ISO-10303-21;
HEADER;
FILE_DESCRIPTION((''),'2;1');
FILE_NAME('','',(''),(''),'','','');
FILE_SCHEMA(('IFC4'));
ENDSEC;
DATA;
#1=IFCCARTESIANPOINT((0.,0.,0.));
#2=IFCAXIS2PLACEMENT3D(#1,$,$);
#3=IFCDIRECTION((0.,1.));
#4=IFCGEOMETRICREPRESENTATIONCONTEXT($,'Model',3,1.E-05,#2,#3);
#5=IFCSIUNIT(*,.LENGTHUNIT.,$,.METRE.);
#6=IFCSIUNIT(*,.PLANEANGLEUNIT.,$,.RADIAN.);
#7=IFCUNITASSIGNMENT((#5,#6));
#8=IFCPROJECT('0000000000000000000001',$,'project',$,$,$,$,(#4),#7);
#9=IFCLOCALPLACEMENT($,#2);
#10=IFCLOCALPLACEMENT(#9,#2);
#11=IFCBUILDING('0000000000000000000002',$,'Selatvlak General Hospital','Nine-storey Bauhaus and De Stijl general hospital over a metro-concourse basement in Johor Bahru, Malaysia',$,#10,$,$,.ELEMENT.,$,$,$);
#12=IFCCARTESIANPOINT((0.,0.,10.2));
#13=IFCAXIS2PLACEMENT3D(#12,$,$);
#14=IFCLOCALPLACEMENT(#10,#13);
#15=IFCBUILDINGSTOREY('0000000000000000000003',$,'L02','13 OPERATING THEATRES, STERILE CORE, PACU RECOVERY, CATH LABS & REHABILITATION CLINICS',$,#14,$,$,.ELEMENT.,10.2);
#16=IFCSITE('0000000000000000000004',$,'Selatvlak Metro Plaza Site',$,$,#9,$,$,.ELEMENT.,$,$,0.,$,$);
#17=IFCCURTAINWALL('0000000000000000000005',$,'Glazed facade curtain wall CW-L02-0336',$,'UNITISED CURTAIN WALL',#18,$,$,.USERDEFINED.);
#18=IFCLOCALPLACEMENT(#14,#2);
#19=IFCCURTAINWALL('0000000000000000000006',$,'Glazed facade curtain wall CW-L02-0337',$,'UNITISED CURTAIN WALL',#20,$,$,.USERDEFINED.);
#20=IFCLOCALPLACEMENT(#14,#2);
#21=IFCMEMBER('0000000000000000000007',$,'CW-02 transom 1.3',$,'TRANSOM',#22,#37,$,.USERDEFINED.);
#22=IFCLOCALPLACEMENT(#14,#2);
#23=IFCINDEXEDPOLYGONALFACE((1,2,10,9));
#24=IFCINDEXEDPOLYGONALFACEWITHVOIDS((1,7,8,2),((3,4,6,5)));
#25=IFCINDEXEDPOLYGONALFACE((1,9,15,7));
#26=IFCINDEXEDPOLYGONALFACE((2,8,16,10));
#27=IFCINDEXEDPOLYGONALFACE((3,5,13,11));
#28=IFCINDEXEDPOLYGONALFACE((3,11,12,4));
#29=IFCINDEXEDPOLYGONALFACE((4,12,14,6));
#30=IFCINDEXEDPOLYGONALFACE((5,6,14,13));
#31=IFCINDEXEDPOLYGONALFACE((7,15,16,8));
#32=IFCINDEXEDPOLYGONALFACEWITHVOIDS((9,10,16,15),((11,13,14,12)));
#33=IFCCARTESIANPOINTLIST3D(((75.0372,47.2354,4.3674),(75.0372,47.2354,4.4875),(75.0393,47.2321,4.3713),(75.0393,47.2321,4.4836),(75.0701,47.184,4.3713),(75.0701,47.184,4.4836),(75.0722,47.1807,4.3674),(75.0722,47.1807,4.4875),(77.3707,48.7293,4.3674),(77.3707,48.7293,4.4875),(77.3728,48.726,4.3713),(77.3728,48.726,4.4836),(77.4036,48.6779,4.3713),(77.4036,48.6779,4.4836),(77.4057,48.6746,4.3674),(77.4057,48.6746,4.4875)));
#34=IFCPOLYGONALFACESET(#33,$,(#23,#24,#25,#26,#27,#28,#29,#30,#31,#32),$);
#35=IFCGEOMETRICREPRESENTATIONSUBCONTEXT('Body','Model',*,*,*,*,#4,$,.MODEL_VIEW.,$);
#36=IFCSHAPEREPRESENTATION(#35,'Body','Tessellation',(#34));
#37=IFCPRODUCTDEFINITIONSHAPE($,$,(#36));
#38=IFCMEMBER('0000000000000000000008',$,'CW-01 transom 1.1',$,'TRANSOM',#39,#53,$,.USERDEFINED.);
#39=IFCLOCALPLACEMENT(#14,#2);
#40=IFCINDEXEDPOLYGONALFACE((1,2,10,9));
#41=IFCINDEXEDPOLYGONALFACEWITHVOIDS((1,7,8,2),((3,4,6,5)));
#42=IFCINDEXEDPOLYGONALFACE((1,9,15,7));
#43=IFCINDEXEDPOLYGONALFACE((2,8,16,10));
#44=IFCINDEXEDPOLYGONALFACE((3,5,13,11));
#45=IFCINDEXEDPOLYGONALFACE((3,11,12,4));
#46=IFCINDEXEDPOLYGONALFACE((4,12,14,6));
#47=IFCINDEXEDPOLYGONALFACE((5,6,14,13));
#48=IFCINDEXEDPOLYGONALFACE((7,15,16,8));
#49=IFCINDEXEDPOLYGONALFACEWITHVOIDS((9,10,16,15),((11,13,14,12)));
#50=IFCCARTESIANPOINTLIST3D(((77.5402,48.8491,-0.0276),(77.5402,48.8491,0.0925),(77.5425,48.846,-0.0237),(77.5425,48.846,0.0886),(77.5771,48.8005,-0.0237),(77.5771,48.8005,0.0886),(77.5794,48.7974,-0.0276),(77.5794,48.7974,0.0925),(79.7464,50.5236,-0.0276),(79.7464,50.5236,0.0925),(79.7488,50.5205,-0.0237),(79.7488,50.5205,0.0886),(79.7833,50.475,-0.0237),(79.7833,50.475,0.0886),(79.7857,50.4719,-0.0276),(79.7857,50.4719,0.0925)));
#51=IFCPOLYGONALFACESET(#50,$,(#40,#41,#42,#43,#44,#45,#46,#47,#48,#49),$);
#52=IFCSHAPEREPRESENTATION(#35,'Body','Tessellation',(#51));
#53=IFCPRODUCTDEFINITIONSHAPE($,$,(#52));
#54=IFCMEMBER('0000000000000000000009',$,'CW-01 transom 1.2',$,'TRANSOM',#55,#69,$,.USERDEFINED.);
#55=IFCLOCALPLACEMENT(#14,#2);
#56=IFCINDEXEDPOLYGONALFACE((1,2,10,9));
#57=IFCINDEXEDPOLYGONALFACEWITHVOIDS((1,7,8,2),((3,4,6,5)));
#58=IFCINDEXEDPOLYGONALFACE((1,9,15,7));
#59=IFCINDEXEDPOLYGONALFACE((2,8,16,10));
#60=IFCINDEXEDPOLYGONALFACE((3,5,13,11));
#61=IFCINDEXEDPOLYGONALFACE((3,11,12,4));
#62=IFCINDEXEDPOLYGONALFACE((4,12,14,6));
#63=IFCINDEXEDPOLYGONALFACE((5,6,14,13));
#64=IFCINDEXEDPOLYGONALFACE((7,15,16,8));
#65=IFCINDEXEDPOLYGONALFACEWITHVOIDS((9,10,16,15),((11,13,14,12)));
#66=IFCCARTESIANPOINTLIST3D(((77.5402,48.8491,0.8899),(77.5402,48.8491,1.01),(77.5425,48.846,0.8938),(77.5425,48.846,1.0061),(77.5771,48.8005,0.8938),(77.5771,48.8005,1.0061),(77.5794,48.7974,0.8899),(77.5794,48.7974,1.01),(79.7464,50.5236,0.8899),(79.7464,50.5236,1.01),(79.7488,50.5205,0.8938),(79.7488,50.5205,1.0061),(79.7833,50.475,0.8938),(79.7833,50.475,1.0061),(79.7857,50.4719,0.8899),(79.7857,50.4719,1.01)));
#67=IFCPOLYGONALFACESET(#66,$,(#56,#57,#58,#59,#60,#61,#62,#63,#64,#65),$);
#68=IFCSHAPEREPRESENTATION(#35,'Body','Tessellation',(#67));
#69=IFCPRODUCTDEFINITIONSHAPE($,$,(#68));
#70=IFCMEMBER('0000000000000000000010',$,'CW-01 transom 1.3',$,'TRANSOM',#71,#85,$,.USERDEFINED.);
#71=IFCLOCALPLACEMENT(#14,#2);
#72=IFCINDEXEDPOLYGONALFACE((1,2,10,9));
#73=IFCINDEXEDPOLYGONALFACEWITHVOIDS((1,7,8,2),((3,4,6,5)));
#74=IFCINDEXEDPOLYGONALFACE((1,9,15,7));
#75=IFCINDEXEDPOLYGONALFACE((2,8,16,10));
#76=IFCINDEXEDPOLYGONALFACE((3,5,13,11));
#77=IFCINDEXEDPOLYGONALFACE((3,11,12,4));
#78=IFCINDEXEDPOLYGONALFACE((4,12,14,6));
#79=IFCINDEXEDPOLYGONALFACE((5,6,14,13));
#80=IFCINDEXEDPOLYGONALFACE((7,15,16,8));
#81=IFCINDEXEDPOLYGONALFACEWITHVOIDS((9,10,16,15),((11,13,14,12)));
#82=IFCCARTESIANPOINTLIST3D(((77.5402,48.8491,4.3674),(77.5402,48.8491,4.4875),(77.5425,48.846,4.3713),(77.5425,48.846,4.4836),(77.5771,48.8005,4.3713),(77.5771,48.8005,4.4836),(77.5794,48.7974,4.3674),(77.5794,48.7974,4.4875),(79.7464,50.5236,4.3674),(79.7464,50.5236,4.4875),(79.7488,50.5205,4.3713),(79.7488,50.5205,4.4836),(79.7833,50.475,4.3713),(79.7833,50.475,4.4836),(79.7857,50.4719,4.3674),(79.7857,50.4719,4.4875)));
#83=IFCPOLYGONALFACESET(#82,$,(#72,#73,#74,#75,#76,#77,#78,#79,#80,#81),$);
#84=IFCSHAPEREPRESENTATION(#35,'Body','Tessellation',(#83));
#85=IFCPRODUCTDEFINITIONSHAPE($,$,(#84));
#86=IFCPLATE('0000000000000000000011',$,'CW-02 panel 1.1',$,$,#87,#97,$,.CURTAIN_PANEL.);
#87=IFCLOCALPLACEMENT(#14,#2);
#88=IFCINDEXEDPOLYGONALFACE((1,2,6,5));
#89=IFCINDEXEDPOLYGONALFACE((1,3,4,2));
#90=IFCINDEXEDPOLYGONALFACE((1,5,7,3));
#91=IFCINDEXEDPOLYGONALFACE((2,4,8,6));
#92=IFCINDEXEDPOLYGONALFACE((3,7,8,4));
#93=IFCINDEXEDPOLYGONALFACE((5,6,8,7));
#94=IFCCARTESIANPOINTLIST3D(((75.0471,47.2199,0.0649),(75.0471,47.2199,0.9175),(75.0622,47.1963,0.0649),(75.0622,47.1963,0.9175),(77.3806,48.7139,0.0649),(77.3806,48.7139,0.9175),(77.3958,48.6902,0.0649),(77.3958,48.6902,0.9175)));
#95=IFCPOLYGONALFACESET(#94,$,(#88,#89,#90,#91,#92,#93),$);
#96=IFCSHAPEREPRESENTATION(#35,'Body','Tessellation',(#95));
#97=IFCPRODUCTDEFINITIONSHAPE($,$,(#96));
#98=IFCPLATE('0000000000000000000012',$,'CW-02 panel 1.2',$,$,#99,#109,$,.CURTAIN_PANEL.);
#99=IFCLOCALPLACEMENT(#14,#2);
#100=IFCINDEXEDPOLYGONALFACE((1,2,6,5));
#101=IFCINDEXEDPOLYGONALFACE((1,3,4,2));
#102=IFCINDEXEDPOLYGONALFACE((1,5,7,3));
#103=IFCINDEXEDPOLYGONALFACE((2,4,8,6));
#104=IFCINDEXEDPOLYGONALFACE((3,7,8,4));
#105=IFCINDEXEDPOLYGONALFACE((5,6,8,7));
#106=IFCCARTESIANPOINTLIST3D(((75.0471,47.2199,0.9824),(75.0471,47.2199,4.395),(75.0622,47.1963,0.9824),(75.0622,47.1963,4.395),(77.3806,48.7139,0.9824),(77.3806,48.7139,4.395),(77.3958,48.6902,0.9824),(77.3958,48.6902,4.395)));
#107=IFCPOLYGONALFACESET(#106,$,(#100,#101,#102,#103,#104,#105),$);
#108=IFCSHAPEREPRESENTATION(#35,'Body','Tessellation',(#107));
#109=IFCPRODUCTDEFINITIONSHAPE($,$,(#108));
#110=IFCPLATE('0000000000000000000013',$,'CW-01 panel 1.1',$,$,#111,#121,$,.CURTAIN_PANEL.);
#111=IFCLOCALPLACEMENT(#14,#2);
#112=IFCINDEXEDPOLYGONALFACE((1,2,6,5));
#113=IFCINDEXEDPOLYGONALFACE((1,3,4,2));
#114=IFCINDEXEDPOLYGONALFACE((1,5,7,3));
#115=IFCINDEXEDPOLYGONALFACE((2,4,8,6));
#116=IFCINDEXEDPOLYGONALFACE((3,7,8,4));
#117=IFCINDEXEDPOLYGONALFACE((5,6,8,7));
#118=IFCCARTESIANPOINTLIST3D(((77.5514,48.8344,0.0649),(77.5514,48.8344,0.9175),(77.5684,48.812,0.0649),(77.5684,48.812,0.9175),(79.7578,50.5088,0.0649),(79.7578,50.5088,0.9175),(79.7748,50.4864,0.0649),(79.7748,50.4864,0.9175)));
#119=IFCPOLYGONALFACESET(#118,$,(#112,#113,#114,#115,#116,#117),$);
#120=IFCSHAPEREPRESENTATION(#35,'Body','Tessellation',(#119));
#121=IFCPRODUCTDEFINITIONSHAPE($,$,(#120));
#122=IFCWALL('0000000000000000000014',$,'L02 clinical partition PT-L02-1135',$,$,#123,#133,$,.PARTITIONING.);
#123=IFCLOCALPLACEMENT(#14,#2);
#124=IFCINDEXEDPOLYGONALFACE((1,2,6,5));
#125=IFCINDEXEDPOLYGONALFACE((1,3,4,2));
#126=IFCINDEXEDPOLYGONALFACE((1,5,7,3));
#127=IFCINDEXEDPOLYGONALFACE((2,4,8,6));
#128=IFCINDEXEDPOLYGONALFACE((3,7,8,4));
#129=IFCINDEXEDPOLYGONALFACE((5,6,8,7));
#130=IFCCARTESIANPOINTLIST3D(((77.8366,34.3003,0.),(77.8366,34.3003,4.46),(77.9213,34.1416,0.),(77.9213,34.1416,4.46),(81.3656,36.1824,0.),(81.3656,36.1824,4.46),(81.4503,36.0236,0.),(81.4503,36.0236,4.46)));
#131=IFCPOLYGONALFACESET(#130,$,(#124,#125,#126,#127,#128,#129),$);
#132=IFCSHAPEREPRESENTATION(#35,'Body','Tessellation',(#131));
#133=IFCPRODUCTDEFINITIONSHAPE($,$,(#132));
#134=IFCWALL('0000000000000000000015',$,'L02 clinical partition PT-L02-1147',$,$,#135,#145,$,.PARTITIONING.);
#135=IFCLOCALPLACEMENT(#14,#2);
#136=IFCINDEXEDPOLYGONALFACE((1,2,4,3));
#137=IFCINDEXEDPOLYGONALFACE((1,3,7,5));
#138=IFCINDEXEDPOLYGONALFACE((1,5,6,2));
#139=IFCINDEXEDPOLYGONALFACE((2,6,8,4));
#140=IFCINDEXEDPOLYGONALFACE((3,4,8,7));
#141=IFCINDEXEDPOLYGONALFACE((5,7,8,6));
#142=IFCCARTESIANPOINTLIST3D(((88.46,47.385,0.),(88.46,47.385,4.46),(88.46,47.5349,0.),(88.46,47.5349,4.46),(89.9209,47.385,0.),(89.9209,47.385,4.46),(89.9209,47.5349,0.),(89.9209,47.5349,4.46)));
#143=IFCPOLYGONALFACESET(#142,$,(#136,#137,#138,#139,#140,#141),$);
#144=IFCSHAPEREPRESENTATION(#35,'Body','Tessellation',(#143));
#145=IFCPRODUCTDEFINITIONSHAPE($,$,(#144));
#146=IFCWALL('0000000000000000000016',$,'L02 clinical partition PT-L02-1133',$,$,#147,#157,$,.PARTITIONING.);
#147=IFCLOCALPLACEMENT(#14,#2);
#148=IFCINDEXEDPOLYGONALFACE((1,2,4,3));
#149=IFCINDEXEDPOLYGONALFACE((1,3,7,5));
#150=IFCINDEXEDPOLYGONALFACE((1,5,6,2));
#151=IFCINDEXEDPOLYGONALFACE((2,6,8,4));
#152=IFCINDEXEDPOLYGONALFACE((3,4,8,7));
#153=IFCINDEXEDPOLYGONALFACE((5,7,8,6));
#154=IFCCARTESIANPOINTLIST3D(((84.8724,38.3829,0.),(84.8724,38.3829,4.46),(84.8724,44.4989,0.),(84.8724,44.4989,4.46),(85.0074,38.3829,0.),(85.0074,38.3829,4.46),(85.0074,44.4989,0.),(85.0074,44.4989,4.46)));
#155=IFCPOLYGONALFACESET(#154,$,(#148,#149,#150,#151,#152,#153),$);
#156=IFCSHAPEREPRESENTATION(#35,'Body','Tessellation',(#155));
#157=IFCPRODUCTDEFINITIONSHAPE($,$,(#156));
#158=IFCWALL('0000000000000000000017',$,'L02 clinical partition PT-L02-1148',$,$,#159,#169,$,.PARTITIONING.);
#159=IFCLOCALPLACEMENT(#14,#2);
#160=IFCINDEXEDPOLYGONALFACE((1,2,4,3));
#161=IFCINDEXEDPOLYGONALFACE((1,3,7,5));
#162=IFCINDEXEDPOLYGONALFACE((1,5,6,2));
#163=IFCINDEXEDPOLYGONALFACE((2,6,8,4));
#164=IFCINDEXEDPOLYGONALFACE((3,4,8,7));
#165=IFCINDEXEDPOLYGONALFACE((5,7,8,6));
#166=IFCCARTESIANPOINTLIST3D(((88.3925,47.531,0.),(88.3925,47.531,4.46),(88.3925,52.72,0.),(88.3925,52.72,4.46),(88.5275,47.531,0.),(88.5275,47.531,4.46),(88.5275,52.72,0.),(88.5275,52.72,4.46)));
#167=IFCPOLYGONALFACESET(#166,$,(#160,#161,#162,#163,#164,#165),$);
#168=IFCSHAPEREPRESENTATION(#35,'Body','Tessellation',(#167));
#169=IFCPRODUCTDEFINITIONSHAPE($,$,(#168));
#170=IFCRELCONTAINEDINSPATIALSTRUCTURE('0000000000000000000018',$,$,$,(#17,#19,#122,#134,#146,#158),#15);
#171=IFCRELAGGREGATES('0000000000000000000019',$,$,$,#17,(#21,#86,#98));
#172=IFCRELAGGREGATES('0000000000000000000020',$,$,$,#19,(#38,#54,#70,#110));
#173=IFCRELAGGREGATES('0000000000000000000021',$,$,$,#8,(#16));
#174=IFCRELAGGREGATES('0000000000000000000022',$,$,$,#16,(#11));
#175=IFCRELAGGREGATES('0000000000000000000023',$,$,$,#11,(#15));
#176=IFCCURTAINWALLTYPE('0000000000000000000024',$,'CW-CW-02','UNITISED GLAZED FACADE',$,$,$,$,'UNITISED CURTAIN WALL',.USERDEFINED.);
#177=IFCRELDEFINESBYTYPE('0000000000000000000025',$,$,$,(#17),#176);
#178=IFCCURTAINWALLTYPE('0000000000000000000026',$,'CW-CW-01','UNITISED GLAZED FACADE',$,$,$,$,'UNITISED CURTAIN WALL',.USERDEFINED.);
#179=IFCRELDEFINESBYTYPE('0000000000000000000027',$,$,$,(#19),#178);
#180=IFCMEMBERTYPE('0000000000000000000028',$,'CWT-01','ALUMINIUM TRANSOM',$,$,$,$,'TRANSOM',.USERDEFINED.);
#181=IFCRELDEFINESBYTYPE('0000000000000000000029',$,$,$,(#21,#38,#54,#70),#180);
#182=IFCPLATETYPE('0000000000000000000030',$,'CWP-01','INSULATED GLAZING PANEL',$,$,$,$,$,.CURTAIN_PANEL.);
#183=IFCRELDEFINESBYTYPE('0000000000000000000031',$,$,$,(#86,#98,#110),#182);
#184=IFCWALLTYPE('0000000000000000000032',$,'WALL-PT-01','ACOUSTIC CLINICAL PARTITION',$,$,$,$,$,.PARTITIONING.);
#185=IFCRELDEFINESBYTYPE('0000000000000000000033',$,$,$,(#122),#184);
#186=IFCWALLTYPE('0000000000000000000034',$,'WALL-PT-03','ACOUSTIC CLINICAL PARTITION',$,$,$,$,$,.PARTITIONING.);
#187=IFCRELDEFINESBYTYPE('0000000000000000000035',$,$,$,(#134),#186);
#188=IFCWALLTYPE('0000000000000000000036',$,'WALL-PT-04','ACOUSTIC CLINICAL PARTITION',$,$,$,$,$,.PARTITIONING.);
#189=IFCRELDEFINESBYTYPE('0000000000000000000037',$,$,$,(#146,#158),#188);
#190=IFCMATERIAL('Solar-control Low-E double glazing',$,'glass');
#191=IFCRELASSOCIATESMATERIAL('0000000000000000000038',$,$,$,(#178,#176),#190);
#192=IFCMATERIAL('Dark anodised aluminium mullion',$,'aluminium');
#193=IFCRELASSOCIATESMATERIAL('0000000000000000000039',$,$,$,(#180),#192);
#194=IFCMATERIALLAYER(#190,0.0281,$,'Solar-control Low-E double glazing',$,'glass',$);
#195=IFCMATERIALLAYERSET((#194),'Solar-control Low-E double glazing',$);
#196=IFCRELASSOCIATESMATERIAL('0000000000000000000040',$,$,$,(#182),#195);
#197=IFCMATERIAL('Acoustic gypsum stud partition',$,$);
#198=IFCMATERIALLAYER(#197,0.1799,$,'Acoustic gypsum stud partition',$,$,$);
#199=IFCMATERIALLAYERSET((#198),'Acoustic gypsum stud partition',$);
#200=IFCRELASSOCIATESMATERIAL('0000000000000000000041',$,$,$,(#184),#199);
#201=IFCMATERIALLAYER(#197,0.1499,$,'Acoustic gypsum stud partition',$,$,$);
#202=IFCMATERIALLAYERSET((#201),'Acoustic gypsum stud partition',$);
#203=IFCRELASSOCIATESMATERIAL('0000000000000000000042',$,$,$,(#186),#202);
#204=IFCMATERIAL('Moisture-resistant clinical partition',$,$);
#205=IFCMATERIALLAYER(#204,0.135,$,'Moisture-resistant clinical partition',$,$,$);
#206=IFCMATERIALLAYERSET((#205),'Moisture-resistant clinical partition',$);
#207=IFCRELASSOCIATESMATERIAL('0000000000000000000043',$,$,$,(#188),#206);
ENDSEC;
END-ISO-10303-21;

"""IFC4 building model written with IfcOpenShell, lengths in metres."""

from ifc_helpers import new_model, si_unit, direction, frame, frame_2d, origin, origin_2d, place, context, subcontext, project, spatial, rectangle, hollow_rectangle, extrude, material, layer, layer_set, material_profile, profile_set, type_object, element, aggregate, save


model = new_model("IFC4")

# Units and contexts
model_context = context("Model", 3, precision=1e-05, world=origin(), true_north=direction((0.0, 1.0)))
body_context = subcontext(model_context, "Body", "Model", "MODEL_VIEW")
ifc_project = project(units=[si_unit("LENGTHUNIT", "METRE"), si_unit("PLANEANGLEUNIT", "RADIAN")], contexts=[model_context])

# Site, building, storey
site_placement = place(None, origin())
site = spatial("IfcSite", under=ifc_project, at=site_placement, Name="Selatvlak Metro Plaza Site", CompositionType="ELEMENT", RefElevation=0.0)
building_placement = place(site_placement, origin())
building = spatial("IfcBuilding", under=site, at=building_placement, Name="Selatvlak General Hospital", Description="Nine-storey Bauhaus and De Stijl general hospital over a metro-concourse basement in Johor Bahru, Malaysia", CompositionType="ELEMENT")
storey_placement = place(building_placement, frame((0.0, 0.0, 10.2)))
storey = spatial("IfcBuildingStorey", under=building, at=storey_placement, Name="L02", Description="13 OPERATING THEATRES, STERILE CORE, PACU RECOVERY, CATH LABS & REHABILITATION CLINICS", CompositionType="ELEMENT", Elevation=10.2)

# Shared definitions
ifc_material_1 = material(Name="Solar-control Low-E double glazing", Category="glass")
curtain_wall_type_1 = type_object("IfcCurtainWallType", Name="CW-CW-01", Description="UNITISED GLAZED FACADE", ElementType="UNITISED CURTAIN WALL", PredefinedType="USERDEFINED", material=ifc_material_1)
ifc_material_2 = material(Name="Dark anodised aluminium mullion", Category="aluminium")

# Curtain wall
curtain_wall_type_2 = type_object("IfcCurtainWallType", Name="CW-CW-02", Description="UNITISED GLAZED FACADE", ElementType="UNITISED CURTAIN WALL", PredefinedType="USERDEFINED", material=ifc_material_1)
curtain_wall_1_placement = place(storey_placement, origin())
curtain_wall_1 = element("IfcCurtainWall", 1, at=curtain_wall_1_placement, inside=storey, type_object=curtain_wall_type_2, Name="Glazed facade curtain wall CW-L02-0336", ObjectType="UNITISED CURTAIN WALL", PredefinedType="USERDEFINED")

# Curtain wall
curtain_wall_2_placement = place(storey_placement, origin())
curtain_wall_2 = element("IfcCurtainWall", 2, at=curtain_wall_2_placement, inside=storey, type_object=curtain_wall_type_1, Name="Glazed facade curtain wall CW-L02-0337", ObjectType="UNITISED CURTAIN WALL", PredefinedType="USERDEFINED")

# Members
ifc_material_profile_1 = material_profile(ifc_material_2, hollow_rectangle(XDim=0.0649, YDim=0.1201, WallThickness=0.0039, at=origin_2d()), Name="AL-TRN 65x120x4")
ifc_profile_set_1 = profile_set([ifc_material_profile_1], Name="Dark anodised aluminium mullion")
member_type_1 = type_object("IfcMemberType", Name="CWT-01", Description="ALUMINIUM TRANSOM", ElementType="TRANSOM", PredefinedType="USERDEFINED", material=ifc_profile_set_1)
member_1_placement = place(storey_placement, frame((75.0547, 47.208, 4.4275), z_axis=(0.842196, 0.539171, 0.0), x_axis=(-0.539171, 0.842196, 0.0)))
member_1 = element("IfcMember", 3, at=member_1_placement, type_object=member_type_1, Name="CW-02 transom 1.3", ObjectType="TRANSOM", PredefinedType="USERDEFINED", context=body_context, shape_type="SweptSolid", body=[
    extrude(hollow_rectangle(XDim=0.0649, YDim=0.1201, WallThickness=0.0039, at=origin_2d()), origin(), (0.0, 0.0, 1.0), 2.7708),
])
member_2_placement = place(storey_placement, frame((77.5598, 48.8232, 0.0325), z_axis=(0.796549, 0.604574, 0.0), x_axis=(-0.604574, 0.796549, 0.0)))
member_2 = element("IfcMember", 4, at=member_2_placement, type_object=member_type_1, Name="CW-01 transom 1.1", ObjectType="TRANSOM", PredefinedType="USERDEFINED", context=body_context, shape_type="SweptSolid", body=[
    extrude(hollow_rectangle(XDim=0.0649, YDim=0.1201, WallThickness=0.0039, at=origin_2d()), origin(), (0.0, 0.0, 1.0), 2.7698),
])
member_3_placement = place(storey_placement, frame((77.5598, 48.8232, 0.95), z_axis=(0.796549, 0.604574, 0.0), x_axis=(-0.604574, 0.796549, 0.0)))
member_3 = element("IfcMember", 5, at=member_3_placement, type_object=member_type_1, Name="CW-01 transom 1.2", ObjectType="TRANSOM", PredefinedType="USERDEFINED", context=body_context, shape_type="SweptSolid", body=[
    extrude(hollow_rectangle(XDim=0.0649, YDim=0.1201, WallThickness=0.0039, at=origin_2d()), origin(), (0.0, 0.0, 1.0), 2.7698),
])
member_4_placement = place(storey_placement, frame((77.5598, 48.8232, 4.4275), z_axis=(0.796549, 0.604574, 0.0), x_axis=(-0.604574, 0.796549, 0.0)))
member_4 = element("IfcMember", 6, at=member_4_placement, type_object=member_type_1, Name="CW-01 transom 1.3", ObjectType="TRANSOM", PredefinedType="USERDEFINED", context=body_context, shape_type="SweptSolid", body=[
    extrude(hollow_rectangle(XDim=0.0649, YDim=0.1201, WallThickness=0.0039, at=origin_2d()), origin(), (0.0, 0.0, 1.0), 2.7698),
])

# Plates
ifc_layer_1 = layer(ifc_material_1, 0.0281, Name="Solar-control Low-E double glazing", Category="glass")
ifc_layer_set_1 = layer_set([ifc_layer_1], Name="Solar-control Low-E double glazing")
plate_type = type_object("IfcPlateType", Name="CWP-01", Description="INSULATED GLAZING PANEL", PredefinedType="CURTAIN_PANEL", material=ifc_layer_set_1)
plate_1_placement = place(storey_placement, frame((76.2214, 47.9551, 0.0649), z_axis=(0.0, 0.0, 1.0), x_axis=(0.842196, 0.539171, 0.0)))
plate_1 = element("IfcPlate", 7, at=plate_1_placement, type_object=plate_type, Name="CW-02 panel 1.1", PredefinedType="CURTAIN_PANEL", context=body_context, shape_type="SweptSolid", body=[
    extrude(rectangle(XDim=2.7708, YDim=0.0281, at=origin_2d()), origin(), (0.0, 0.0, 1.0), 0.8525),
])
plate_2_placement = place(storey_placement, frame((76.2214, 47.9551, 0.9824), z_axis=(0.0, 0.0, 1.0), x_axis=(0.842196, 0.539171, 0.0)))
plate_2 = element("IfcPlate", 8, at=plate_2_placement, type_object=plate_type, Name="CW-02 panel 1.2", PredefinedType="CURTAIN_PANEL", context=body_context, shape_type="SweptSolid", body=[
    extrude(rectangle(XDim=2.7708, YDim=0.0281, at=origin_2d()), origin(), (0.0, 0.0, 1.0), 3.4126),
])
aggregate(curtain_wall_1, [member_1, plate_1, plate_2])
plate_3_placement = place(storey_placement, frame((78.6631, 49.6604, 0.0649), z_axis=(0.0, 0.0, 1.0), x_axis=(0.796594, 0.604515, 0.0)))
plate_3 = element("IfcPlate", 9, at=plate_3_placement, type_object=plate_type, Name="CW-01 panel 1.1", PredefinedType="CURTAIN_PANEL", context=body_context, shape_type="SweptSolid", body=[
    extrude(rectangle(XDim=2.7698, YDim=0.0281, at=origin_2d()), origin(), (0.0, 0.0, 1.0), 0.8525),
])
aggregate(curtain_wall_2, [member_2, member_3, member_4, plate_3])

# Walls
ifc_material_3 = material(Name="Acoustic gypsum stud partition")
ifc_layer_2 = layer(ifc_material_3, 0.1799, Name="Acoustic gypsum stud partition")
ifc_layer_set_2 = layer_set([ifc_layer_2], Name="Acoustic gypsum stud partition")
wall_type_1 = type_object("IfcWallType", Name="WALL-PT-01", Description="ACOUSTIC CLINICAL PARTITION", PredefinedType="PARTITIONING", material=ifc_layer_set_2)
wall_1_placement = place(storey_placement, frame((81.408, 36.103, 0.0), z_axis=(0.0, 0.0, 1.0), x_axis=(-0.882361, -0.470572, 0.0)))
element("IfcWall", 10, at=wall_1_placement, inside=storey, type_object=wall_type_1, Name="L02 clinical partition PT-L02-1135", PredefinedType="PARTITIONING", context=body_context, shape_type="SweptSolid", body=[
    extrude(rectangle(XDim=3.9995, YDim=0.1799, at=frame_2d((1.9998, 0.0))), origin(), (0.0, 0.0, 1.0), 4.46),
])
ifc_layer_3 = layer(ifc_material_3, 0.1499, Name="Acoustic gypsum stud partition")
ifc_layer_set_3 = layer_set([ifc_layer_3], Name="Acoustic gypsum stud partition")
wall_type_2 = type_object("IfcWallType", Name="WALL-PT-03", Description="ACOUSTIC CLINICAL PARTITION", PredefinedType="PARTITIONING", material=ifc_layer_set_3)
wall_2_placement = place(storey_placement, frame((89.9209, 47.46, 0.0), z_axis=(0.0, 0.0, 1.0), x_axis=(-1.0, 0.0, 0.0)))
element("IfcWall", 11, at=wall_2_placement, inside=storey, type_object=wall_type_2, Name="L02 clinical partition PT-L02-1147", PredefinedType="PARTITIONING", context=body_context, shape_type="SweptSolid", body=[
    extrude(rectangle(XDim=1.4609, YDim=0.1499, at=frame_2d((0.7305, 0.0))), origin(), (0.0, 0.0, 1.0), 4.46),
])
ifc_material_4 = material(Name="Moisture-resistant clinical partition")
ifc_layer_4 = layer(ifc_material_4, 0.135, Name="Moisture-resistant clinical partition")
ifc_layer_set_4 = layer_set([ifc_layer_4], Name="Moisture-resistant clinical partition")
wall_type_3 = type_object("IfcWallType", Name="WALL-PT-04", Description="ACOUSTIC CLINICAL PARTITION", PredefinedType="PARTITIONING", material=ifc_layer_set_4)
wall_3_placement = place(storey_placement, frame((84.9399, 44.499, 0.0), z_axis=(0.0, 0.0, 1.0), x_axis=(0.0, -1.0, 0.0)))
element("IfcWall", 12, at=wall_3_placement, inside=storey, type_object=wall_type_3, Name="L02 clinical partition PT-L02-1133", PredefinedType="PARTITIONING", context=body_context, shape_type="SweptSolid", body=[
    extrude(rectangle(XDim=6.116, YDim=0.135, at=frame_2d((3.0581, 0.0))), origin(), (0.0, 0.0, 1.0), 4.46),
])
wall_4_placement = place(storey_placement, frame((88.46, 47.531, 0.0), z_axis=(0.0, 0.0, 1.0), x_axis=(0.0, 1.0, 0.0)))
element("IfcWall", 13, at=wall_4_placement, inside=storey, type_object=wall_type_3, Name="L02 clinical partition PT-L02-1148", PredefinedType="PARTITIONING", context=body_context, shape_type="SweptSolid", body=[
    extrude(rectangle(XDim=5.189, YDim=0.135, at=frame_2d((2.5945, 0.0))), origin(), (0.0, 0.0, 1.0), 4.46),
])

save(model, "model.ifc")
